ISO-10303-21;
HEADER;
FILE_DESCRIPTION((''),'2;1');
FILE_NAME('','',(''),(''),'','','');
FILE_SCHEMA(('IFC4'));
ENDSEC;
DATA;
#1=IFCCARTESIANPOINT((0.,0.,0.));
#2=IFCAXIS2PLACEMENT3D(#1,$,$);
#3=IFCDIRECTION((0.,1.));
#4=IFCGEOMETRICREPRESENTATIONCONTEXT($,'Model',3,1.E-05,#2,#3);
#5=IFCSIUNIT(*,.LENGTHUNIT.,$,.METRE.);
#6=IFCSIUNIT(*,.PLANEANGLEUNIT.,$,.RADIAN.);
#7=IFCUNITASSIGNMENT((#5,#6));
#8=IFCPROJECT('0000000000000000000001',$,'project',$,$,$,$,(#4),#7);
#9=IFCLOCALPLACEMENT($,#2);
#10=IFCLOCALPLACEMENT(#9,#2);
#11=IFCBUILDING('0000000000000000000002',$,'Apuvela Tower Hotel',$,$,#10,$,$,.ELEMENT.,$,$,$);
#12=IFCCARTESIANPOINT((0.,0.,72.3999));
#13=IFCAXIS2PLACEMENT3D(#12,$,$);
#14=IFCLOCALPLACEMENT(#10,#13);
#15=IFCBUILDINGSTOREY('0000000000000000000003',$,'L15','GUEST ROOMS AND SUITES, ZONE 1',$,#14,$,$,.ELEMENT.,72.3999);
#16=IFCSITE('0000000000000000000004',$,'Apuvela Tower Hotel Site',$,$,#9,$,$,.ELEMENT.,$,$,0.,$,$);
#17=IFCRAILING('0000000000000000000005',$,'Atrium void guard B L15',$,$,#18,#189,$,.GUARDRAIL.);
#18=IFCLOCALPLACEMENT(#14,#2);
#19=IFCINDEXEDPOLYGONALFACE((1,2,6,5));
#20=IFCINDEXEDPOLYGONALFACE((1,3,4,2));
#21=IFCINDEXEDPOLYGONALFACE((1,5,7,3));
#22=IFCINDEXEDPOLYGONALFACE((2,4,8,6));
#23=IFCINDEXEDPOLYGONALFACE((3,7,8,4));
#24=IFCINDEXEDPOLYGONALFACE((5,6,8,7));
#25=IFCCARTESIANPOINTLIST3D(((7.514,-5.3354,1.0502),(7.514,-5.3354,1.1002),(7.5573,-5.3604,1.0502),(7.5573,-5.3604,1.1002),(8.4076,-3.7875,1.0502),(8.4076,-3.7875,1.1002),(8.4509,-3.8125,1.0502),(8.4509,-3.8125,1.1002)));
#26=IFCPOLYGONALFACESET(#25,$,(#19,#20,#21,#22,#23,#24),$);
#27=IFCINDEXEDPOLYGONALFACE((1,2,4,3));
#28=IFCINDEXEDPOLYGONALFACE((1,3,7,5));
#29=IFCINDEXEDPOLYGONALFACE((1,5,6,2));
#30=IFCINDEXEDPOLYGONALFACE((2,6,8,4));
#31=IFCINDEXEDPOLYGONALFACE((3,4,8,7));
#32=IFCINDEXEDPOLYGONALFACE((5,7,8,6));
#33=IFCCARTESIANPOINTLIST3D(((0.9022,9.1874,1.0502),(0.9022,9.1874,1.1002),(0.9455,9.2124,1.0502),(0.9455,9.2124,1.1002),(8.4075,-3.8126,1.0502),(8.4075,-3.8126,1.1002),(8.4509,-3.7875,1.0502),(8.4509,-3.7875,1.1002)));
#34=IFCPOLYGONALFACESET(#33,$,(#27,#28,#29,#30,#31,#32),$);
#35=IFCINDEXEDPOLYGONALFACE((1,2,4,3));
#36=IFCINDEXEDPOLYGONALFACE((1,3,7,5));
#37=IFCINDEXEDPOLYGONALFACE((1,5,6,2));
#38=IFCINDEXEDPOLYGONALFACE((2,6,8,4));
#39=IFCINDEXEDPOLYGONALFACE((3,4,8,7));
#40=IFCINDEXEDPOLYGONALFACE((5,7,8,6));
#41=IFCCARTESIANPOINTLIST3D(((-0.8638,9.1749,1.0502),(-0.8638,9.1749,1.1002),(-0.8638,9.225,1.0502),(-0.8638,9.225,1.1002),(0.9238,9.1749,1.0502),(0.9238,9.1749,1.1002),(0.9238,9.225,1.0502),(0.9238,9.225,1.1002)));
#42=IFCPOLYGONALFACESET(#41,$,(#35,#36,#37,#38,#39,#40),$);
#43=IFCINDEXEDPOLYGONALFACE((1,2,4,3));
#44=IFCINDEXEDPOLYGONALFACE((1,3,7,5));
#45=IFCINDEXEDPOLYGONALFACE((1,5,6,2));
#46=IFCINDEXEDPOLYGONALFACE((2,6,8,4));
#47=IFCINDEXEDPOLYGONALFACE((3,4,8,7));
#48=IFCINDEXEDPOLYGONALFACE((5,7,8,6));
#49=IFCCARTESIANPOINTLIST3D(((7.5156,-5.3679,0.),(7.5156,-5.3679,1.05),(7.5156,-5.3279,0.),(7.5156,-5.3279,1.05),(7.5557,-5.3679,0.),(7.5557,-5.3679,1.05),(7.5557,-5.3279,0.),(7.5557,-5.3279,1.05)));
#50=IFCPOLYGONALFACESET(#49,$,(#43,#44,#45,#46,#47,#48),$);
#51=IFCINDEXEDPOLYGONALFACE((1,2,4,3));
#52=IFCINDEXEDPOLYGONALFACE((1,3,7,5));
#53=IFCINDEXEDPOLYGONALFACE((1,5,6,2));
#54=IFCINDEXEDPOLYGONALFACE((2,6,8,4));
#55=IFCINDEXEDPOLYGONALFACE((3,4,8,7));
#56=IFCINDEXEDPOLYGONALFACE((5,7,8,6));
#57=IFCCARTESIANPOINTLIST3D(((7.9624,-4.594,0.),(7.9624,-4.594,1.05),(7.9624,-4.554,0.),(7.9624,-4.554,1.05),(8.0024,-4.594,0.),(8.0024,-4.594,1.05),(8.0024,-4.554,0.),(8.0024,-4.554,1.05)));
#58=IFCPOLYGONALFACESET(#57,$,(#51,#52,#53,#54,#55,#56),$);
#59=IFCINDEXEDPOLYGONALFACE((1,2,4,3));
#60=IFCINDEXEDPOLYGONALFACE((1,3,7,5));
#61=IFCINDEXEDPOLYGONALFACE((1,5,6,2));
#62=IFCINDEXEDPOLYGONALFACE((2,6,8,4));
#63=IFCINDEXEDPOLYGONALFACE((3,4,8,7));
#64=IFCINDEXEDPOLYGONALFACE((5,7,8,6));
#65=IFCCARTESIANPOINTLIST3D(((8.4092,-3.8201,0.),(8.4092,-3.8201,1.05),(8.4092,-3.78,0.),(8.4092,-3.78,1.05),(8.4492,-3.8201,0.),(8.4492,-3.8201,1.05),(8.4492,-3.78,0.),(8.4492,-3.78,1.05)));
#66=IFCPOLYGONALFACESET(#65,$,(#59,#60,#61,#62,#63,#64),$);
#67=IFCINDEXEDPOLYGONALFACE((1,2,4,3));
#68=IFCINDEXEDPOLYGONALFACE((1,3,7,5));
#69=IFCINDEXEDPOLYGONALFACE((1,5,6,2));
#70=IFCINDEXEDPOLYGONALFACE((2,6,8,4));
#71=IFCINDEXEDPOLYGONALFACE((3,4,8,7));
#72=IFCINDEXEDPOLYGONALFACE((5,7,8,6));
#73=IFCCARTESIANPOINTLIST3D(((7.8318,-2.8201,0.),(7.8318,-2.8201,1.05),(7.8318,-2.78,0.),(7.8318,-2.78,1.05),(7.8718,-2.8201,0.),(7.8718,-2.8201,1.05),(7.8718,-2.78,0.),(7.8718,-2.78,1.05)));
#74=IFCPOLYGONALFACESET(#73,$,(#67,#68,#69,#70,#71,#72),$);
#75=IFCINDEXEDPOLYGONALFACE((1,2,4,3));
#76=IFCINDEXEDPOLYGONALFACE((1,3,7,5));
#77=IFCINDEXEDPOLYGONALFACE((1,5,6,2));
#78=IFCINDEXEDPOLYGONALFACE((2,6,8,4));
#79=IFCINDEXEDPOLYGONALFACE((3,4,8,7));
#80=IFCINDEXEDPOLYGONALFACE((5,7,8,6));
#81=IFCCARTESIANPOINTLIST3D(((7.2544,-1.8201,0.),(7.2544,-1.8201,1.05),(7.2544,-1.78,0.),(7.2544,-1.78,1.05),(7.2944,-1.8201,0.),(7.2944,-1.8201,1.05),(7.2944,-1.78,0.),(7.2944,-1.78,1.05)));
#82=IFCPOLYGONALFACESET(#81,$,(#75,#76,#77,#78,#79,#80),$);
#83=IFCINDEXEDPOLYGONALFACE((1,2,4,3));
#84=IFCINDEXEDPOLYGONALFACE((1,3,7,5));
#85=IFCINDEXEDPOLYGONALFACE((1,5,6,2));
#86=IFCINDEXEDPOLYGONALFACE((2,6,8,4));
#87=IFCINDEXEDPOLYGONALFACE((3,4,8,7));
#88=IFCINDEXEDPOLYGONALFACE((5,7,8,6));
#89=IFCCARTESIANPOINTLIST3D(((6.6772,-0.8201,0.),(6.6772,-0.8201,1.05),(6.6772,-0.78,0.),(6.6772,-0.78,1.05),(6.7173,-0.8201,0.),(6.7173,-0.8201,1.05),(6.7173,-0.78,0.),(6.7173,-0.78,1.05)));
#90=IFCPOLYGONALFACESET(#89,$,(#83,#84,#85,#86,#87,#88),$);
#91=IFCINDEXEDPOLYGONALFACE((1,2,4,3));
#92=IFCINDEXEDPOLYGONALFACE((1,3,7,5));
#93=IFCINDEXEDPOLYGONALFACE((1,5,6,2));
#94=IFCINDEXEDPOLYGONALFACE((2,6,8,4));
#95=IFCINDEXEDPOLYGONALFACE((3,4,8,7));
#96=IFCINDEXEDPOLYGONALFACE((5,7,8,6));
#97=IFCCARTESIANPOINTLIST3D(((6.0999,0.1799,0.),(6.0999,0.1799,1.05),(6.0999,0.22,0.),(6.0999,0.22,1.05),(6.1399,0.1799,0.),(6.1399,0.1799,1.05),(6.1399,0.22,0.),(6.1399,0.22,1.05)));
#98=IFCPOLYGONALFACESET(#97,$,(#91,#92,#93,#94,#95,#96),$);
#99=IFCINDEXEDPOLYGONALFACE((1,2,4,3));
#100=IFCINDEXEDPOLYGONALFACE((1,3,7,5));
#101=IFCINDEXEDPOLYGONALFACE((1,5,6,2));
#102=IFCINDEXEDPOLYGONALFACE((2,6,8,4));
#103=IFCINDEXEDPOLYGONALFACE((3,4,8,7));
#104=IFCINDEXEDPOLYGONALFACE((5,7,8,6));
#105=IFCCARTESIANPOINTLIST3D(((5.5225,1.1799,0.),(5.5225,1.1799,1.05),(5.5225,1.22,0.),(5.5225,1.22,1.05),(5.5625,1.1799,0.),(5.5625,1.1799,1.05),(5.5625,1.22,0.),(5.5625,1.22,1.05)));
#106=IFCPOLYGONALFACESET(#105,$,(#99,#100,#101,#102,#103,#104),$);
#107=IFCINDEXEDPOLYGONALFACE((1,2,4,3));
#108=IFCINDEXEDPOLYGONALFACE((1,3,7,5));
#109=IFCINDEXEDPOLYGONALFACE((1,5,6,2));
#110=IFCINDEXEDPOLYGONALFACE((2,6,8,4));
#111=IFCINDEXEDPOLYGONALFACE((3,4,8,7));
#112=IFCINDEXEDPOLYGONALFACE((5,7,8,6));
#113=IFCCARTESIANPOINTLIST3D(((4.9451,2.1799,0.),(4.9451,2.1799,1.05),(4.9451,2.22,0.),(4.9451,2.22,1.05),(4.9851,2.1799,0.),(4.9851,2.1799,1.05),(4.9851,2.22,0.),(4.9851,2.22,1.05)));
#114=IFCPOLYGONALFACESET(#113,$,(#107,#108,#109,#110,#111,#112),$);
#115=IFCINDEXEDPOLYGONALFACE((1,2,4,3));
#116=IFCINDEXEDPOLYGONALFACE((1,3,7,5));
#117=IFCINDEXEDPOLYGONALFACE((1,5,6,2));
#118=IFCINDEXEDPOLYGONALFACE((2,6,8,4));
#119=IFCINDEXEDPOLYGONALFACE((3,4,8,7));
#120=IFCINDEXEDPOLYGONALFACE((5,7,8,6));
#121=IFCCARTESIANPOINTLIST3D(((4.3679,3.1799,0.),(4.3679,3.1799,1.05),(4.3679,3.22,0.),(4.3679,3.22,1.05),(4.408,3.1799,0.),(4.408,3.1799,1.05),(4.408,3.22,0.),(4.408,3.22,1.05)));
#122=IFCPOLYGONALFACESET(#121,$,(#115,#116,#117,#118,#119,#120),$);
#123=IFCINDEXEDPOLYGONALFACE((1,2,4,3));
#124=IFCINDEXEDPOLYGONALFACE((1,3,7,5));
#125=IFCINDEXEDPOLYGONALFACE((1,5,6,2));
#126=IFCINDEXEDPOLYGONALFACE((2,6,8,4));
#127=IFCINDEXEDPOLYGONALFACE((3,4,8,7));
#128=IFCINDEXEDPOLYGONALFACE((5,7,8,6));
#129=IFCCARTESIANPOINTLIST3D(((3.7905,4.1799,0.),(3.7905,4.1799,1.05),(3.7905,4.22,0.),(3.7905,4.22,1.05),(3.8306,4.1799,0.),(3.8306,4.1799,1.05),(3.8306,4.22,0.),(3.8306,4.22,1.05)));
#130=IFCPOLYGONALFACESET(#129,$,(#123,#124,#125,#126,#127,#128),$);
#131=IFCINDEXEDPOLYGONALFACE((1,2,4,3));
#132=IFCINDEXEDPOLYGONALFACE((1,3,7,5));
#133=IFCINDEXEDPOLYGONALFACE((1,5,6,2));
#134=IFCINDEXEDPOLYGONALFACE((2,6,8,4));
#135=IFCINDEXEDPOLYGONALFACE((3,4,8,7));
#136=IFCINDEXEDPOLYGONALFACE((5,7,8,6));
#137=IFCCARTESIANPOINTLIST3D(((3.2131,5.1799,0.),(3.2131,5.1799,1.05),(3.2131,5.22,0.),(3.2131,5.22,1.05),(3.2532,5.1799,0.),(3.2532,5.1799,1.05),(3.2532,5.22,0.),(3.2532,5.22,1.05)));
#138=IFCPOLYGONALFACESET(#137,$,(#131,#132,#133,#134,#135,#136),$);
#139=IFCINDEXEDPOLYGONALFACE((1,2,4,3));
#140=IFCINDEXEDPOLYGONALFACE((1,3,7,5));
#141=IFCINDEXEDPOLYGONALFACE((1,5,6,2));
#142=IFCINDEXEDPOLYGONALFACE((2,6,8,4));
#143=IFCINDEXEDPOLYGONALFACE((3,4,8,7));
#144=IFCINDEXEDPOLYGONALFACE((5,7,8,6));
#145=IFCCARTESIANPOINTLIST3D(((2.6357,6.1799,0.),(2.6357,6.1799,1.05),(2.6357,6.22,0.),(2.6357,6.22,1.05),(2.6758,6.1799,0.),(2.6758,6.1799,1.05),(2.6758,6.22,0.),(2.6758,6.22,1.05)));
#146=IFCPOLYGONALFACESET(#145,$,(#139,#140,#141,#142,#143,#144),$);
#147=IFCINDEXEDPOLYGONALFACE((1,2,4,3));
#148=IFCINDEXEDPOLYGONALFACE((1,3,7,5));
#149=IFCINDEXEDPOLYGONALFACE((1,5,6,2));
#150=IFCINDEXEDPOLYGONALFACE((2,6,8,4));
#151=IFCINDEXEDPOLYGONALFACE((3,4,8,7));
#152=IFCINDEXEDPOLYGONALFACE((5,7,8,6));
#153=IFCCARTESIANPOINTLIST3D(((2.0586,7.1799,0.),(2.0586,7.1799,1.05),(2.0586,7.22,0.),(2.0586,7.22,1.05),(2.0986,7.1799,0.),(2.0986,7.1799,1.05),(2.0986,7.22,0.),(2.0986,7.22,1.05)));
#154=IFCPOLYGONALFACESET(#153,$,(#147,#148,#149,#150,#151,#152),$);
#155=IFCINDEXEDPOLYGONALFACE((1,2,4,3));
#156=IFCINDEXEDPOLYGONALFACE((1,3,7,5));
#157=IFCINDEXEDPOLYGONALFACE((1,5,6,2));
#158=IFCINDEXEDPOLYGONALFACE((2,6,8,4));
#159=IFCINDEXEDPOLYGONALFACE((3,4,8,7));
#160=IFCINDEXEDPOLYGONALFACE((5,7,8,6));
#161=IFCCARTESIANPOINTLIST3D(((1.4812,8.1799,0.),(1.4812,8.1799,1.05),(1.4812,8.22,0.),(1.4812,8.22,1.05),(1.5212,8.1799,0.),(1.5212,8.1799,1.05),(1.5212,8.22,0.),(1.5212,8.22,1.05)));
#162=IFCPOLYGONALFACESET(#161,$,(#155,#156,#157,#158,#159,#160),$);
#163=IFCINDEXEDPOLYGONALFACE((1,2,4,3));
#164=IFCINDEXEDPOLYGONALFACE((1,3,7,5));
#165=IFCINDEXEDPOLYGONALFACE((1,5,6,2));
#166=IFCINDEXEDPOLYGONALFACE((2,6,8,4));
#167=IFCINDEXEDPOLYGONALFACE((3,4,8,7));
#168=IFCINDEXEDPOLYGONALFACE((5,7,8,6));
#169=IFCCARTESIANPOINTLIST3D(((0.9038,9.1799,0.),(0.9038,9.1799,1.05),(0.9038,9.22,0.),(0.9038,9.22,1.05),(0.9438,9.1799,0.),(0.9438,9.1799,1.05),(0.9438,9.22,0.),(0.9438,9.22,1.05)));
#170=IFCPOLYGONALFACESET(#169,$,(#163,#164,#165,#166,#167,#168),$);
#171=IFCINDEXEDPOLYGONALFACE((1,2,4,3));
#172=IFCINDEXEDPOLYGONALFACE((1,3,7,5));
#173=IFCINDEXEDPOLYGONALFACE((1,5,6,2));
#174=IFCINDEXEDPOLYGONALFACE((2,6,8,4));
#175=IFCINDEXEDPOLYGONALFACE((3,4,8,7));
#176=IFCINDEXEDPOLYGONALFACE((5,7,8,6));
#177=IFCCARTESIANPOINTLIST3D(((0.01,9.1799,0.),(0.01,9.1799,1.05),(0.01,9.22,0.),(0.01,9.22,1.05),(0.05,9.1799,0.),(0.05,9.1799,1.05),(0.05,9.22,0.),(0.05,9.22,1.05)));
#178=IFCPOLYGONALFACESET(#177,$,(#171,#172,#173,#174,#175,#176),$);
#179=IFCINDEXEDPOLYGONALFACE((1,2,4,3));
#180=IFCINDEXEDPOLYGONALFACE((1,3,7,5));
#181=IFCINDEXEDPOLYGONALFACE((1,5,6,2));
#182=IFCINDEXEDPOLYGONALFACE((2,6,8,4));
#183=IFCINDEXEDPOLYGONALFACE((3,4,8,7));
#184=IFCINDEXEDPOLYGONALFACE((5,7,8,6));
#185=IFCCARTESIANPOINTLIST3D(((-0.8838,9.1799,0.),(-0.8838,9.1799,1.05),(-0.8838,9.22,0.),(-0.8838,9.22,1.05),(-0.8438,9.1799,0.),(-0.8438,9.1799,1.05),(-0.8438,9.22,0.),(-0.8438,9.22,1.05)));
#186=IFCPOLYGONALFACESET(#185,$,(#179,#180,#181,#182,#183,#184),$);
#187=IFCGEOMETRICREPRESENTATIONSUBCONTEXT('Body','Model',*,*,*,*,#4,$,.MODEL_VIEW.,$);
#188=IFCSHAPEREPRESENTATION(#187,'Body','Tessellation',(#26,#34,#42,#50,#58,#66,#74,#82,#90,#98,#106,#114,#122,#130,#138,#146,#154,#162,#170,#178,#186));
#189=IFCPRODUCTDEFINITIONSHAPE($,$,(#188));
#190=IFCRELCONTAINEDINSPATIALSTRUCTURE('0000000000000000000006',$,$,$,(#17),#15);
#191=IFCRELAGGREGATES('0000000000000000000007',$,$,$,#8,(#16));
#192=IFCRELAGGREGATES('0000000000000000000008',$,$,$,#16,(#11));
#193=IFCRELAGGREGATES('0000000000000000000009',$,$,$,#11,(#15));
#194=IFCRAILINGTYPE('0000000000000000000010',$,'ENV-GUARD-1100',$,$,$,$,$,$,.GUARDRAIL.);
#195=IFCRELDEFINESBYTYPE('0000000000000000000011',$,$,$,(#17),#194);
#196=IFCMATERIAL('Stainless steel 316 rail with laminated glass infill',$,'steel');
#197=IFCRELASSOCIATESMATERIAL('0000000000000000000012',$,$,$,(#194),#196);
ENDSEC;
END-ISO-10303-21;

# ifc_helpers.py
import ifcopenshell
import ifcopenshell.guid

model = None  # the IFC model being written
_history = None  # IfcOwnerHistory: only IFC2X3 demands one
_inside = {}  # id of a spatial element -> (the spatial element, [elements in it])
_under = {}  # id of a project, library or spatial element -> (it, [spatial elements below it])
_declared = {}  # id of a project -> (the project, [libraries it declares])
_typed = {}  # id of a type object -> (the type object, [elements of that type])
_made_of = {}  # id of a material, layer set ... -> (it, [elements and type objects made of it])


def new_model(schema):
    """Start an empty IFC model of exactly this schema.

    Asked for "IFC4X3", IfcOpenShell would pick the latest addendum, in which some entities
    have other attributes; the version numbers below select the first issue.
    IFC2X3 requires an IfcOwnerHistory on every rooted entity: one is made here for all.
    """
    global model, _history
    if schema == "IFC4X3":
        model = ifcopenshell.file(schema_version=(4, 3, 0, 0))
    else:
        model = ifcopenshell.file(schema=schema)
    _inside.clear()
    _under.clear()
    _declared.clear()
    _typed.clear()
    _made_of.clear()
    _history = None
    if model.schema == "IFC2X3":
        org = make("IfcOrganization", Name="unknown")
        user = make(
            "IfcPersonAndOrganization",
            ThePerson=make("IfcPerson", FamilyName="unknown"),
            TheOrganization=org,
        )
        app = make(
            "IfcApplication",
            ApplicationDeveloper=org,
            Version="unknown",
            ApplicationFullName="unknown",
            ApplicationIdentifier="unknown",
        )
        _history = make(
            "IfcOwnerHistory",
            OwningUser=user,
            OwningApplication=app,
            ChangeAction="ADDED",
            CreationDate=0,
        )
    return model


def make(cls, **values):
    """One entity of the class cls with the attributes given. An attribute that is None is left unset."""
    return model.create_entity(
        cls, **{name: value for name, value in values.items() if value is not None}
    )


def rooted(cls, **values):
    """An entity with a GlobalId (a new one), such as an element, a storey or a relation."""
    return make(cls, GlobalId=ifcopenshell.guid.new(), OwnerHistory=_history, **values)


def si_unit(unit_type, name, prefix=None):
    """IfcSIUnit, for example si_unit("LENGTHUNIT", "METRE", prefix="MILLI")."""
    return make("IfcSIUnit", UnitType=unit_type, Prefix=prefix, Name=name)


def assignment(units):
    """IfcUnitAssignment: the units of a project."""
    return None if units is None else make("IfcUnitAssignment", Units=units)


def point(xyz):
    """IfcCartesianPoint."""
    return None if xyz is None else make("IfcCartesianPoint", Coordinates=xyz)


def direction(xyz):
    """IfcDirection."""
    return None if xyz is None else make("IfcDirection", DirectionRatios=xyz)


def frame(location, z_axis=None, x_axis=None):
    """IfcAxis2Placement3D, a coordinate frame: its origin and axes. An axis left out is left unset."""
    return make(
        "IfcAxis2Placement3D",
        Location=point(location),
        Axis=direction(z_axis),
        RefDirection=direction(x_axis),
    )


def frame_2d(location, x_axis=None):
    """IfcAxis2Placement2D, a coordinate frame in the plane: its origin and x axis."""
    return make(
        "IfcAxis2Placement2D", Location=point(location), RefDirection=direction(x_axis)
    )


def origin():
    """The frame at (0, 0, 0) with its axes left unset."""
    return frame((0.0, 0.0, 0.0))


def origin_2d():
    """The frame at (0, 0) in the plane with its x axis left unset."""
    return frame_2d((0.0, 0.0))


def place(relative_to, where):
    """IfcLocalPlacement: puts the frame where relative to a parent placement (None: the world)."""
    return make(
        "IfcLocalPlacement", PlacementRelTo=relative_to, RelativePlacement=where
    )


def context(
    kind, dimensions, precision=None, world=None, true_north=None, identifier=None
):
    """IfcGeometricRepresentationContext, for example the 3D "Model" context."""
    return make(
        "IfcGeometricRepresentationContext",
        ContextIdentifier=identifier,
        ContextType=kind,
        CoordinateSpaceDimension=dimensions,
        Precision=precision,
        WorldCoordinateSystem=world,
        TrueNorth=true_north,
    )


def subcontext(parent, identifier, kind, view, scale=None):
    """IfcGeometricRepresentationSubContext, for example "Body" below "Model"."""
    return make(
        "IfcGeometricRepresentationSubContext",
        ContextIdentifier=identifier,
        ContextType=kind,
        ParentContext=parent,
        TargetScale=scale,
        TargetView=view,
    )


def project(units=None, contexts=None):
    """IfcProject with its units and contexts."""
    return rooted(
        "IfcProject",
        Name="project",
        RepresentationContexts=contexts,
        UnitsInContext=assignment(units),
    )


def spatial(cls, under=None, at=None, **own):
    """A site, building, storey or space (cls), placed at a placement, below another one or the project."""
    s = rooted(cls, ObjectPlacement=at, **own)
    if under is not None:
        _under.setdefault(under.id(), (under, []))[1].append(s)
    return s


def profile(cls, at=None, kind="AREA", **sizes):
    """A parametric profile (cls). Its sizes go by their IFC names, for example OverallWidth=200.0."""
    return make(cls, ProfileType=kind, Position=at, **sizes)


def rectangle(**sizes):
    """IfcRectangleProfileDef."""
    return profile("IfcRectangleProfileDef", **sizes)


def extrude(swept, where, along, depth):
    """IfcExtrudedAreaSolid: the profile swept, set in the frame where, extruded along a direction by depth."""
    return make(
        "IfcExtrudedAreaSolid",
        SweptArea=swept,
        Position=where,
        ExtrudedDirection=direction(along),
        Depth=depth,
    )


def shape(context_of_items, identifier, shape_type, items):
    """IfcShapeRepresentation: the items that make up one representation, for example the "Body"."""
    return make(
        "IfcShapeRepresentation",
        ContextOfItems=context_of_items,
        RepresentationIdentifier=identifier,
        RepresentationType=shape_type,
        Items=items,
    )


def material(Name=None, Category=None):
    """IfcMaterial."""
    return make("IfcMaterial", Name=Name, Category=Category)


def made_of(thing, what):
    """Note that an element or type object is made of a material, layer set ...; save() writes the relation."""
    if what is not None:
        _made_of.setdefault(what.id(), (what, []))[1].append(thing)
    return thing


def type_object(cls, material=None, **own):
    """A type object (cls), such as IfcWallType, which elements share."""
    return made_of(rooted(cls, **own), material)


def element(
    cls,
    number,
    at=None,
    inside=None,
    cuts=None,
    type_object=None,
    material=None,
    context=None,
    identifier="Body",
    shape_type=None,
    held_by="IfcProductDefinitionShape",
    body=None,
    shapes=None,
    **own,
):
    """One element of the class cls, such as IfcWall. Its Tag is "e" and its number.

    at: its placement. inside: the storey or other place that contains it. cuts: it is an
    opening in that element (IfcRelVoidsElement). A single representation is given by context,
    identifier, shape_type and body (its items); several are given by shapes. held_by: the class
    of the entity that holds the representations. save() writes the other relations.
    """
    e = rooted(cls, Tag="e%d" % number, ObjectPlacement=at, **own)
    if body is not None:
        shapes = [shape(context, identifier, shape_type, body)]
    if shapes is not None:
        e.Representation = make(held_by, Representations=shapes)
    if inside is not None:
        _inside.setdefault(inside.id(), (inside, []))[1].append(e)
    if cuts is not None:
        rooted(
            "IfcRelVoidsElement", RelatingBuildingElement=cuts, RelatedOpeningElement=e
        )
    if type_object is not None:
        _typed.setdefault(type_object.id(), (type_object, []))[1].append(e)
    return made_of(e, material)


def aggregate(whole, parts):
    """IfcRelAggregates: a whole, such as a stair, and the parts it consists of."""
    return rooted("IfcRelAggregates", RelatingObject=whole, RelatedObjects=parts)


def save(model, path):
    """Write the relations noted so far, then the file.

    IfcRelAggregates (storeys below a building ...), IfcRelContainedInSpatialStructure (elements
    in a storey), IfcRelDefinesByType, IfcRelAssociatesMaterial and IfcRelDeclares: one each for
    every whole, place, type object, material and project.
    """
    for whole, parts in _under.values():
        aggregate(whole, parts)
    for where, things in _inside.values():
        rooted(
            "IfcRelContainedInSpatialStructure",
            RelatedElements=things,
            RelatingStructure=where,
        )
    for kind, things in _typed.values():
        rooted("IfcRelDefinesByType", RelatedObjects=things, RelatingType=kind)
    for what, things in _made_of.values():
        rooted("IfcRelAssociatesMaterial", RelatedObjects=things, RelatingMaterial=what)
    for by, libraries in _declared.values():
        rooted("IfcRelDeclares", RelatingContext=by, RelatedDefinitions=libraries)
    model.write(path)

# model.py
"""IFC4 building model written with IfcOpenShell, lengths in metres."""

from ifc_helpers import new_model, si_unit, direction, frame, origin, origin_2d, place, context, subcontext, project, spatial, rectangle, extrude, material, type_object, element, save


model = new_model("IFC4")

# Units and contexts
model_context = context("Model", 3, precision=1e-05, world=origin(), true_north=direction((0.0, 1.0)))
body_context = subcontext(model_context, "Body", "Model", "MODEL_VIEW")
ifc_project = project(units=[si_unit("LENGTHUNIT", "METRE"), si_unit("PLANEANGLEUNIT", "RADIAN")], contexts=[model_context])

# Site, building, storey
site_placement = place(None, origin())
site = spatial("IfcSite", under=ifc_project, at=site_placement, Name="Apuvela Tower Hotel Site", CompositionType="ELEMENT", RefElevation=0.0)
building_placement = place(site_placement, origin())
building = spatial("IfcBuilding", under=site, at=building_placement, Name="Apuvela Tower Hotel", CompositionType="ELEMENT")
storey_placement = place(building_placement, frame((0.0, 0.0, 72.3999)))
storey = spatial("IfcBuildingStorey", under=building, at=storey_placement, Name="L15", Description="GUEST ROOMS AND SUITES, ZONE 1", CompositionType="ELEMENT", Elevation=72.3999)

# Railing
ifc_material_1 = material(Name="Stainless steel 316 rail with laminated glass infill", Category="steel")
railing_type_1 = type_object("IfcRailingType", Name="ENV-GUARD-1100", PredefinedType="GUARDRAIL", material=ifc_material_1)
railing_1_placement = place(storey_placement, frame((7.5356, -5.3479, 0.0)))
element("IfcRailing", 1, at=railing_1_placement, inside=storey, type_object=railing_type_1, Name="Atrium void guard B L15", PredefinedType="GUARDRAIL", context=body_context, shape_type="SweptSolid", body=[
    extrude(rectangle(XDim=0.05, YDim=0.05, at=origin_2d()), frame((0.0, 0.0, 1.0752), z_axis=(0.499959, 0.866049, 0.0), x_axis=(-0.866049, 0.499959, 0.0)), (0.0, 0.0, 1.0), 1.7874),
    extrude(rectangle(XDim=0.05, YDim=0.05, at=origin_2d()), frame((0.8936, 1.5479, 1.0752), z_axis=(-0.499991, 0.866031, 0.0), x_axis=(-0.866031, -0.499991, 0.0)), (0.0, 0.0, 1.0), 15.011),
    extrude(rectangle(XDim=0.05, YDim=0.05, at=origin_2d()), frame((-6.6118, 14.5479, 1.0752), z_axis=(-1.0, 0.0, 0.0), x_axis=(0.0, -1.0, 0.0)), (0.0, 0.0, 1.0), 1.7876),
    extrude(rectangle(XDim=0.04, YDim=0.04, at=origin_2d()), origin(), (0.0, 0.0, 1.0), 1.05),
    extrude(rectangle(XDim=0.04, YDim=0.04, at=origin_2d()), frame((0.4468, 0.7739, 0.0)), (0.0, 0.0, 1.0), 1.05),
    extrude(rectangle(XDim=0.04, YDim=0.04, at=origin_2d()), frame((0.8936, 1.5479, 0.0)), (0.0, 0.0, 1.0), 1.05),
    extrude(rectangle(XDim=0.04, YDim=0.04, at=origin_2d()), frame((0.3162, 2.5479, 0.0)), (0.0, 0.0, 1.0), 1.05),
    extrude(rectangle(XDim=0.04, YDim=0.04, at=origin_2d()), frame((-0.2612, 3.5479, 0.0)), (0.0, 0.0, 1.0), 1.05),
    extrude(rectangle(XDim=0.04, YDim=0.04, at=origin_2d()), frame((-0.8384, 4.5479, 0.0)), (0.0, 0.0, 1.0), 1.05),
    extrude(rectangle(XDim=0.04, YDim=0.04, at=origin_2d()), frame((-1.4158, 5.5479, 0.0)), (0.0, 0.0, 1.0), 1.05),
    extrude(rectangle(XDim=0.04, YDim=0.04, at=origin_2d()), frame((-1.9932, 6.5479, 0.0)), (0.0, 0.0, 1.0), 1.05),
    extrude(rectangle(XDim=0.04, YDim=0.04, at=origin_2d()), frame((-2.5706, 7.5479, 0.0)), (0.0, 0.0, 1.0), 1.05),
    extrude(rectangle(XDim=0.04, YDim=0.04, at=origin_2d()), frame((-3.1477, 8.5479, 0.0)), (0.0, 0.0, 1.0), 1.05),
    extrude(rectangle(XDim=0.04, YDim=0.04, at=origin_2d()), frame((-3.7251, 9.5479, 0.0)), (0.0, 0.0, 1.0), 1.05),
    extrude(rectangle(XDim=0.04, YDim=0.04, at=origin_2d()), frame((-4.3025, 10.5479, 0.0)), (0.0, 0.0, 1.0), 1.05),
    extrude(rectangle(XDim=0.04, YDim=0.04, at=origin_2d()), frame((-4.8799, 11.5479, 0.0)), (0.0, 0.0, 1.0), 1.05),
    extrude(rectangle(XDim=0.04, YDim=0.04, at=origin_2d()), frame((-5.457, 12.5479, 0.0)), (0.0, 0.0, 1.0), 1.05),
    extrude(rectangle(XDim=0.04, YDim=0.04, at=origin_2d()), frame((-6.0344, 13.5479, 0.0)), (0.0, 0.0, 1.0), 1.05),
    extrude(rectangle(XDim=0.04, YDim=0.04, at=origin_2d()), frame((-6.6118, 14.5479, 0.0)), (0.0, 0.0, 1.0), 1.05),
    extrude(rectangle(XDim=0.04, YDim=0.04, at=origin_2d()), frame((-7.5056, 14.5479, 0.0)), (0.0, 0.0, 1.0), 1.05),
    extrude(rectangle(XDim=0.04, YDim=0.04, at=origin_2d()), frame((-8.3994, 14.5479, 0.0)), (0.0, 0.0, 1.0), 1.05),
])

save(model, "model.ifc")
